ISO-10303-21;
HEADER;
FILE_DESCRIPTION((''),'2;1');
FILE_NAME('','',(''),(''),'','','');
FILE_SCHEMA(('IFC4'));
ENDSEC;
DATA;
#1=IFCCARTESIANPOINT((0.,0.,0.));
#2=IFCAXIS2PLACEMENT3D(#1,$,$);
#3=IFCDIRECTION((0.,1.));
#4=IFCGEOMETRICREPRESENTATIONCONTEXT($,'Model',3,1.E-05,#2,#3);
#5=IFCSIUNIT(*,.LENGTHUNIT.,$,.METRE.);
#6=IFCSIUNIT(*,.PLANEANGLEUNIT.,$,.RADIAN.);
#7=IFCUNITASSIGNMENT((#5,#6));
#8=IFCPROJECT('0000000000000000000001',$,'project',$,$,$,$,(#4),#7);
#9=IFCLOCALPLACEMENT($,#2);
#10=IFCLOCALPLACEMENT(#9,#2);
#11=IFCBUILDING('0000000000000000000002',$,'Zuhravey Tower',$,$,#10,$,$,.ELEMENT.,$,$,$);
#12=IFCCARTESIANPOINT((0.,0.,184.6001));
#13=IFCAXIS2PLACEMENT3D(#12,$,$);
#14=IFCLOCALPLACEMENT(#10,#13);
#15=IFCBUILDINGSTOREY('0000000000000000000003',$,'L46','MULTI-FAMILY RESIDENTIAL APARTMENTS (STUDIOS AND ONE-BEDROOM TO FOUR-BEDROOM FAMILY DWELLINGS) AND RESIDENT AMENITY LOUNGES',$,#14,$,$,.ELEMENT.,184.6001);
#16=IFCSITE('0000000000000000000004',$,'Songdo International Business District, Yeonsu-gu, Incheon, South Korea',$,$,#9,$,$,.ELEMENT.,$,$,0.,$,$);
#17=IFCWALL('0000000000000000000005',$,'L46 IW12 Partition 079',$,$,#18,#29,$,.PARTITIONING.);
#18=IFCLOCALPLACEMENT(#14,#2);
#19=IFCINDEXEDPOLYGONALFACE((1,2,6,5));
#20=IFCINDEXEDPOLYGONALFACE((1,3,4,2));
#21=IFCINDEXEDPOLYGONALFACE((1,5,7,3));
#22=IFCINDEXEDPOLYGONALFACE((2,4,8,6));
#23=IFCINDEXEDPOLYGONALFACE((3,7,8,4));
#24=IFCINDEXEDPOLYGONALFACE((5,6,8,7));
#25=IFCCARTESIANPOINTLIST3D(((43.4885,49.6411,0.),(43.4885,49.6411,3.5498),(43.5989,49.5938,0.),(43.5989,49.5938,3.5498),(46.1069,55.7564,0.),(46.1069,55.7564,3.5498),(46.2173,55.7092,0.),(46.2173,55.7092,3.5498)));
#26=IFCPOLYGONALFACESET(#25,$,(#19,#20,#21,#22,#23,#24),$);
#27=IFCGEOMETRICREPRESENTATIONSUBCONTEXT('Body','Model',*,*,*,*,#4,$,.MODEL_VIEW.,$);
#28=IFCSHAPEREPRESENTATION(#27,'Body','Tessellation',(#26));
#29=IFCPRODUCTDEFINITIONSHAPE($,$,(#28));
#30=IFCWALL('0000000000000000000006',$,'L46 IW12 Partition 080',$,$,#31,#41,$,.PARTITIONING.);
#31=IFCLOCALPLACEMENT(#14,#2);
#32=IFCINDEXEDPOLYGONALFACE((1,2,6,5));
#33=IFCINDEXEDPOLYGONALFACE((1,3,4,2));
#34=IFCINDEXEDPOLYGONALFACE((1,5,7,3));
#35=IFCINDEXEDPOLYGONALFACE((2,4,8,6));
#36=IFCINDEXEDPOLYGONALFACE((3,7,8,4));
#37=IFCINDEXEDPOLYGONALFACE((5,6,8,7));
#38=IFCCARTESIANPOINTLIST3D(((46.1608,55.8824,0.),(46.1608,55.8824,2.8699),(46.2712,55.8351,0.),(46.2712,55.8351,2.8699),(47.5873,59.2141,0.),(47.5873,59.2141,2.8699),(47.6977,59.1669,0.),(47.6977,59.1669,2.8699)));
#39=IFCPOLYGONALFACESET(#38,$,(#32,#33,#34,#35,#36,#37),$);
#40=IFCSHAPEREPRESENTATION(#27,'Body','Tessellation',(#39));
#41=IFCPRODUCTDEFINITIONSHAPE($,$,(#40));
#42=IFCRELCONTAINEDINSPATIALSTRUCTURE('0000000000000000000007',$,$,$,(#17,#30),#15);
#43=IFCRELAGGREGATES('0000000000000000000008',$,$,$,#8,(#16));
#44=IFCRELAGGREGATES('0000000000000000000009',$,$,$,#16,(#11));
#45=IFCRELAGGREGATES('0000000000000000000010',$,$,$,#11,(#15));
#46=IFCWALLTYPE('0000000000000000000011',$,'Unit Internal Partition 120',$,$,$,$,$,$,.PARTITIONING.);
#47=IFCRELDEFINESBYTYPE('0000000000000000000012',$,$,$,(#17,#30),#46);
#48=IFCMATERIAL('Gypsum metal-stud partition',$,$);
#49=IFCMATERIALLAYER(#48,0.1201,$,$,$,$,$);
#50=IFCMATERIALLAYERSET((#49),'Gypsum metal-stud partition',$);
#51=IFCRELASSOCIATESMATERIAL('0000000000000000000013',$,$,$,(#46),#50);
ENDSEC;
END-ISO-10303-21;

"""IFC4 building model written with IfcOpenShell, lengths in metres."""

from ifc_helpers import new_model, si_unit, direction, frame, frame_2d, origin, place, context, subcontext, project, spatial, rectangle, extrude, material, layer, layer_set, type_object, element, save


model = new_model("IFC4")

# Units and contexts
model_context = context("Model", 3, precision=1e-05, world=origin(), true_north=direction((0.0, 1.0)))
body_context = subcontext(model_context, "Body", "Model", "MODEL_VIEW")
ifc_project = project(units=[si_unit("LENGTHUNIT", "METRE"), si_unit("PLANEANGLEUNIT", "RADIAN")], contexts=[model_context])

# Site, building, storey
site_placement = place(None, origin())
site = spatial("IfcSite", under=ifc_project, at=site_placement, Name="Songdo International Business District, Yeonsu-gu, Incheon, South Korea", CompositionType="ELEMENT", RefElevation=0.0)
building_placement = place(site_placement, origin())
building = spatial("IfcBuilding", under=site, at=building_placement, Name="Zuhravey Tower", CompositionType="ELEMENT")
storey_placement = place(building_placement, frame((0.0, 0.0, 184.6001)))
storey = spatial("IfcBuildingStorey", under=building, at=storey_placement, Name="L46", Description="MULTI-FAMILY RESIDENTIAL APARTMENTS (STUDIOS AND ONE-BEDROOM TO FOUR-BEDROOM FAMILY DWELLINGS) AND RESIDENT AMENITY LOUNGES", CompositionType="ELEMENT", Elevation=184.6001)

# Shared definitions
ifc_material_1 = material(Name="Gypsum metal-stud partition")
ifc_layer_1 = layer(ifc_material_1, 0.1201)
ifc_layer_set_1 = layer_set([ifc_layer_1], Name="Gypsum metal-stud partition")
wall_type_1 = type_object("IfcWallType", Name="Unit Internal Partition 120", PredefinedType="PARTITIONING", material=ifc_layer_set_1)

# Walls
wall_1_placement = place(storey_placement, frame((43.5437, 49.6174, 0.0), z_axis=(0.0, 0.0, 1.0), x_axis=(0.3936, 0.919282, 0.0)))
element("IfcWall", 1, at=wall_1_placement, inside=storey, type_object=wall_type_1, Name="L46 IW12 Partition 079", PredefinedType="PARTITIONING", context=body_context, shape_type="SweptSolid", body=[
    extrude(rectangle(XDim=6.6523, YDim=0.1201, at=frame_2d((3.3262, 0.0))), origin(), (0.0, 0.0, 1.0), 3.5498),
])
wall_2_placement = place(storey_placement, frame((46.2161, 55.8589, 0.0), z_axis=(0.0, 0.0, 1.0), x_axis=(0.393594, 0.919284, 0.0)))
element("IfcWall", 2, at=wall_2_placement, inside=storey, type_object=wall_type_1, Name="L46 IW12 Partition 080", PredefinedType="PARTITIONING", context=body_context, shape_type="SweptSolid", body=[
    extrude(rectangle(XDim=3.6243, YDim=0.1201, at=frame_2d((1.812, 0.0))), origin(), (0.0, 0.0, 1.0), 2.8699),
])

save(model, "model.ifc")
